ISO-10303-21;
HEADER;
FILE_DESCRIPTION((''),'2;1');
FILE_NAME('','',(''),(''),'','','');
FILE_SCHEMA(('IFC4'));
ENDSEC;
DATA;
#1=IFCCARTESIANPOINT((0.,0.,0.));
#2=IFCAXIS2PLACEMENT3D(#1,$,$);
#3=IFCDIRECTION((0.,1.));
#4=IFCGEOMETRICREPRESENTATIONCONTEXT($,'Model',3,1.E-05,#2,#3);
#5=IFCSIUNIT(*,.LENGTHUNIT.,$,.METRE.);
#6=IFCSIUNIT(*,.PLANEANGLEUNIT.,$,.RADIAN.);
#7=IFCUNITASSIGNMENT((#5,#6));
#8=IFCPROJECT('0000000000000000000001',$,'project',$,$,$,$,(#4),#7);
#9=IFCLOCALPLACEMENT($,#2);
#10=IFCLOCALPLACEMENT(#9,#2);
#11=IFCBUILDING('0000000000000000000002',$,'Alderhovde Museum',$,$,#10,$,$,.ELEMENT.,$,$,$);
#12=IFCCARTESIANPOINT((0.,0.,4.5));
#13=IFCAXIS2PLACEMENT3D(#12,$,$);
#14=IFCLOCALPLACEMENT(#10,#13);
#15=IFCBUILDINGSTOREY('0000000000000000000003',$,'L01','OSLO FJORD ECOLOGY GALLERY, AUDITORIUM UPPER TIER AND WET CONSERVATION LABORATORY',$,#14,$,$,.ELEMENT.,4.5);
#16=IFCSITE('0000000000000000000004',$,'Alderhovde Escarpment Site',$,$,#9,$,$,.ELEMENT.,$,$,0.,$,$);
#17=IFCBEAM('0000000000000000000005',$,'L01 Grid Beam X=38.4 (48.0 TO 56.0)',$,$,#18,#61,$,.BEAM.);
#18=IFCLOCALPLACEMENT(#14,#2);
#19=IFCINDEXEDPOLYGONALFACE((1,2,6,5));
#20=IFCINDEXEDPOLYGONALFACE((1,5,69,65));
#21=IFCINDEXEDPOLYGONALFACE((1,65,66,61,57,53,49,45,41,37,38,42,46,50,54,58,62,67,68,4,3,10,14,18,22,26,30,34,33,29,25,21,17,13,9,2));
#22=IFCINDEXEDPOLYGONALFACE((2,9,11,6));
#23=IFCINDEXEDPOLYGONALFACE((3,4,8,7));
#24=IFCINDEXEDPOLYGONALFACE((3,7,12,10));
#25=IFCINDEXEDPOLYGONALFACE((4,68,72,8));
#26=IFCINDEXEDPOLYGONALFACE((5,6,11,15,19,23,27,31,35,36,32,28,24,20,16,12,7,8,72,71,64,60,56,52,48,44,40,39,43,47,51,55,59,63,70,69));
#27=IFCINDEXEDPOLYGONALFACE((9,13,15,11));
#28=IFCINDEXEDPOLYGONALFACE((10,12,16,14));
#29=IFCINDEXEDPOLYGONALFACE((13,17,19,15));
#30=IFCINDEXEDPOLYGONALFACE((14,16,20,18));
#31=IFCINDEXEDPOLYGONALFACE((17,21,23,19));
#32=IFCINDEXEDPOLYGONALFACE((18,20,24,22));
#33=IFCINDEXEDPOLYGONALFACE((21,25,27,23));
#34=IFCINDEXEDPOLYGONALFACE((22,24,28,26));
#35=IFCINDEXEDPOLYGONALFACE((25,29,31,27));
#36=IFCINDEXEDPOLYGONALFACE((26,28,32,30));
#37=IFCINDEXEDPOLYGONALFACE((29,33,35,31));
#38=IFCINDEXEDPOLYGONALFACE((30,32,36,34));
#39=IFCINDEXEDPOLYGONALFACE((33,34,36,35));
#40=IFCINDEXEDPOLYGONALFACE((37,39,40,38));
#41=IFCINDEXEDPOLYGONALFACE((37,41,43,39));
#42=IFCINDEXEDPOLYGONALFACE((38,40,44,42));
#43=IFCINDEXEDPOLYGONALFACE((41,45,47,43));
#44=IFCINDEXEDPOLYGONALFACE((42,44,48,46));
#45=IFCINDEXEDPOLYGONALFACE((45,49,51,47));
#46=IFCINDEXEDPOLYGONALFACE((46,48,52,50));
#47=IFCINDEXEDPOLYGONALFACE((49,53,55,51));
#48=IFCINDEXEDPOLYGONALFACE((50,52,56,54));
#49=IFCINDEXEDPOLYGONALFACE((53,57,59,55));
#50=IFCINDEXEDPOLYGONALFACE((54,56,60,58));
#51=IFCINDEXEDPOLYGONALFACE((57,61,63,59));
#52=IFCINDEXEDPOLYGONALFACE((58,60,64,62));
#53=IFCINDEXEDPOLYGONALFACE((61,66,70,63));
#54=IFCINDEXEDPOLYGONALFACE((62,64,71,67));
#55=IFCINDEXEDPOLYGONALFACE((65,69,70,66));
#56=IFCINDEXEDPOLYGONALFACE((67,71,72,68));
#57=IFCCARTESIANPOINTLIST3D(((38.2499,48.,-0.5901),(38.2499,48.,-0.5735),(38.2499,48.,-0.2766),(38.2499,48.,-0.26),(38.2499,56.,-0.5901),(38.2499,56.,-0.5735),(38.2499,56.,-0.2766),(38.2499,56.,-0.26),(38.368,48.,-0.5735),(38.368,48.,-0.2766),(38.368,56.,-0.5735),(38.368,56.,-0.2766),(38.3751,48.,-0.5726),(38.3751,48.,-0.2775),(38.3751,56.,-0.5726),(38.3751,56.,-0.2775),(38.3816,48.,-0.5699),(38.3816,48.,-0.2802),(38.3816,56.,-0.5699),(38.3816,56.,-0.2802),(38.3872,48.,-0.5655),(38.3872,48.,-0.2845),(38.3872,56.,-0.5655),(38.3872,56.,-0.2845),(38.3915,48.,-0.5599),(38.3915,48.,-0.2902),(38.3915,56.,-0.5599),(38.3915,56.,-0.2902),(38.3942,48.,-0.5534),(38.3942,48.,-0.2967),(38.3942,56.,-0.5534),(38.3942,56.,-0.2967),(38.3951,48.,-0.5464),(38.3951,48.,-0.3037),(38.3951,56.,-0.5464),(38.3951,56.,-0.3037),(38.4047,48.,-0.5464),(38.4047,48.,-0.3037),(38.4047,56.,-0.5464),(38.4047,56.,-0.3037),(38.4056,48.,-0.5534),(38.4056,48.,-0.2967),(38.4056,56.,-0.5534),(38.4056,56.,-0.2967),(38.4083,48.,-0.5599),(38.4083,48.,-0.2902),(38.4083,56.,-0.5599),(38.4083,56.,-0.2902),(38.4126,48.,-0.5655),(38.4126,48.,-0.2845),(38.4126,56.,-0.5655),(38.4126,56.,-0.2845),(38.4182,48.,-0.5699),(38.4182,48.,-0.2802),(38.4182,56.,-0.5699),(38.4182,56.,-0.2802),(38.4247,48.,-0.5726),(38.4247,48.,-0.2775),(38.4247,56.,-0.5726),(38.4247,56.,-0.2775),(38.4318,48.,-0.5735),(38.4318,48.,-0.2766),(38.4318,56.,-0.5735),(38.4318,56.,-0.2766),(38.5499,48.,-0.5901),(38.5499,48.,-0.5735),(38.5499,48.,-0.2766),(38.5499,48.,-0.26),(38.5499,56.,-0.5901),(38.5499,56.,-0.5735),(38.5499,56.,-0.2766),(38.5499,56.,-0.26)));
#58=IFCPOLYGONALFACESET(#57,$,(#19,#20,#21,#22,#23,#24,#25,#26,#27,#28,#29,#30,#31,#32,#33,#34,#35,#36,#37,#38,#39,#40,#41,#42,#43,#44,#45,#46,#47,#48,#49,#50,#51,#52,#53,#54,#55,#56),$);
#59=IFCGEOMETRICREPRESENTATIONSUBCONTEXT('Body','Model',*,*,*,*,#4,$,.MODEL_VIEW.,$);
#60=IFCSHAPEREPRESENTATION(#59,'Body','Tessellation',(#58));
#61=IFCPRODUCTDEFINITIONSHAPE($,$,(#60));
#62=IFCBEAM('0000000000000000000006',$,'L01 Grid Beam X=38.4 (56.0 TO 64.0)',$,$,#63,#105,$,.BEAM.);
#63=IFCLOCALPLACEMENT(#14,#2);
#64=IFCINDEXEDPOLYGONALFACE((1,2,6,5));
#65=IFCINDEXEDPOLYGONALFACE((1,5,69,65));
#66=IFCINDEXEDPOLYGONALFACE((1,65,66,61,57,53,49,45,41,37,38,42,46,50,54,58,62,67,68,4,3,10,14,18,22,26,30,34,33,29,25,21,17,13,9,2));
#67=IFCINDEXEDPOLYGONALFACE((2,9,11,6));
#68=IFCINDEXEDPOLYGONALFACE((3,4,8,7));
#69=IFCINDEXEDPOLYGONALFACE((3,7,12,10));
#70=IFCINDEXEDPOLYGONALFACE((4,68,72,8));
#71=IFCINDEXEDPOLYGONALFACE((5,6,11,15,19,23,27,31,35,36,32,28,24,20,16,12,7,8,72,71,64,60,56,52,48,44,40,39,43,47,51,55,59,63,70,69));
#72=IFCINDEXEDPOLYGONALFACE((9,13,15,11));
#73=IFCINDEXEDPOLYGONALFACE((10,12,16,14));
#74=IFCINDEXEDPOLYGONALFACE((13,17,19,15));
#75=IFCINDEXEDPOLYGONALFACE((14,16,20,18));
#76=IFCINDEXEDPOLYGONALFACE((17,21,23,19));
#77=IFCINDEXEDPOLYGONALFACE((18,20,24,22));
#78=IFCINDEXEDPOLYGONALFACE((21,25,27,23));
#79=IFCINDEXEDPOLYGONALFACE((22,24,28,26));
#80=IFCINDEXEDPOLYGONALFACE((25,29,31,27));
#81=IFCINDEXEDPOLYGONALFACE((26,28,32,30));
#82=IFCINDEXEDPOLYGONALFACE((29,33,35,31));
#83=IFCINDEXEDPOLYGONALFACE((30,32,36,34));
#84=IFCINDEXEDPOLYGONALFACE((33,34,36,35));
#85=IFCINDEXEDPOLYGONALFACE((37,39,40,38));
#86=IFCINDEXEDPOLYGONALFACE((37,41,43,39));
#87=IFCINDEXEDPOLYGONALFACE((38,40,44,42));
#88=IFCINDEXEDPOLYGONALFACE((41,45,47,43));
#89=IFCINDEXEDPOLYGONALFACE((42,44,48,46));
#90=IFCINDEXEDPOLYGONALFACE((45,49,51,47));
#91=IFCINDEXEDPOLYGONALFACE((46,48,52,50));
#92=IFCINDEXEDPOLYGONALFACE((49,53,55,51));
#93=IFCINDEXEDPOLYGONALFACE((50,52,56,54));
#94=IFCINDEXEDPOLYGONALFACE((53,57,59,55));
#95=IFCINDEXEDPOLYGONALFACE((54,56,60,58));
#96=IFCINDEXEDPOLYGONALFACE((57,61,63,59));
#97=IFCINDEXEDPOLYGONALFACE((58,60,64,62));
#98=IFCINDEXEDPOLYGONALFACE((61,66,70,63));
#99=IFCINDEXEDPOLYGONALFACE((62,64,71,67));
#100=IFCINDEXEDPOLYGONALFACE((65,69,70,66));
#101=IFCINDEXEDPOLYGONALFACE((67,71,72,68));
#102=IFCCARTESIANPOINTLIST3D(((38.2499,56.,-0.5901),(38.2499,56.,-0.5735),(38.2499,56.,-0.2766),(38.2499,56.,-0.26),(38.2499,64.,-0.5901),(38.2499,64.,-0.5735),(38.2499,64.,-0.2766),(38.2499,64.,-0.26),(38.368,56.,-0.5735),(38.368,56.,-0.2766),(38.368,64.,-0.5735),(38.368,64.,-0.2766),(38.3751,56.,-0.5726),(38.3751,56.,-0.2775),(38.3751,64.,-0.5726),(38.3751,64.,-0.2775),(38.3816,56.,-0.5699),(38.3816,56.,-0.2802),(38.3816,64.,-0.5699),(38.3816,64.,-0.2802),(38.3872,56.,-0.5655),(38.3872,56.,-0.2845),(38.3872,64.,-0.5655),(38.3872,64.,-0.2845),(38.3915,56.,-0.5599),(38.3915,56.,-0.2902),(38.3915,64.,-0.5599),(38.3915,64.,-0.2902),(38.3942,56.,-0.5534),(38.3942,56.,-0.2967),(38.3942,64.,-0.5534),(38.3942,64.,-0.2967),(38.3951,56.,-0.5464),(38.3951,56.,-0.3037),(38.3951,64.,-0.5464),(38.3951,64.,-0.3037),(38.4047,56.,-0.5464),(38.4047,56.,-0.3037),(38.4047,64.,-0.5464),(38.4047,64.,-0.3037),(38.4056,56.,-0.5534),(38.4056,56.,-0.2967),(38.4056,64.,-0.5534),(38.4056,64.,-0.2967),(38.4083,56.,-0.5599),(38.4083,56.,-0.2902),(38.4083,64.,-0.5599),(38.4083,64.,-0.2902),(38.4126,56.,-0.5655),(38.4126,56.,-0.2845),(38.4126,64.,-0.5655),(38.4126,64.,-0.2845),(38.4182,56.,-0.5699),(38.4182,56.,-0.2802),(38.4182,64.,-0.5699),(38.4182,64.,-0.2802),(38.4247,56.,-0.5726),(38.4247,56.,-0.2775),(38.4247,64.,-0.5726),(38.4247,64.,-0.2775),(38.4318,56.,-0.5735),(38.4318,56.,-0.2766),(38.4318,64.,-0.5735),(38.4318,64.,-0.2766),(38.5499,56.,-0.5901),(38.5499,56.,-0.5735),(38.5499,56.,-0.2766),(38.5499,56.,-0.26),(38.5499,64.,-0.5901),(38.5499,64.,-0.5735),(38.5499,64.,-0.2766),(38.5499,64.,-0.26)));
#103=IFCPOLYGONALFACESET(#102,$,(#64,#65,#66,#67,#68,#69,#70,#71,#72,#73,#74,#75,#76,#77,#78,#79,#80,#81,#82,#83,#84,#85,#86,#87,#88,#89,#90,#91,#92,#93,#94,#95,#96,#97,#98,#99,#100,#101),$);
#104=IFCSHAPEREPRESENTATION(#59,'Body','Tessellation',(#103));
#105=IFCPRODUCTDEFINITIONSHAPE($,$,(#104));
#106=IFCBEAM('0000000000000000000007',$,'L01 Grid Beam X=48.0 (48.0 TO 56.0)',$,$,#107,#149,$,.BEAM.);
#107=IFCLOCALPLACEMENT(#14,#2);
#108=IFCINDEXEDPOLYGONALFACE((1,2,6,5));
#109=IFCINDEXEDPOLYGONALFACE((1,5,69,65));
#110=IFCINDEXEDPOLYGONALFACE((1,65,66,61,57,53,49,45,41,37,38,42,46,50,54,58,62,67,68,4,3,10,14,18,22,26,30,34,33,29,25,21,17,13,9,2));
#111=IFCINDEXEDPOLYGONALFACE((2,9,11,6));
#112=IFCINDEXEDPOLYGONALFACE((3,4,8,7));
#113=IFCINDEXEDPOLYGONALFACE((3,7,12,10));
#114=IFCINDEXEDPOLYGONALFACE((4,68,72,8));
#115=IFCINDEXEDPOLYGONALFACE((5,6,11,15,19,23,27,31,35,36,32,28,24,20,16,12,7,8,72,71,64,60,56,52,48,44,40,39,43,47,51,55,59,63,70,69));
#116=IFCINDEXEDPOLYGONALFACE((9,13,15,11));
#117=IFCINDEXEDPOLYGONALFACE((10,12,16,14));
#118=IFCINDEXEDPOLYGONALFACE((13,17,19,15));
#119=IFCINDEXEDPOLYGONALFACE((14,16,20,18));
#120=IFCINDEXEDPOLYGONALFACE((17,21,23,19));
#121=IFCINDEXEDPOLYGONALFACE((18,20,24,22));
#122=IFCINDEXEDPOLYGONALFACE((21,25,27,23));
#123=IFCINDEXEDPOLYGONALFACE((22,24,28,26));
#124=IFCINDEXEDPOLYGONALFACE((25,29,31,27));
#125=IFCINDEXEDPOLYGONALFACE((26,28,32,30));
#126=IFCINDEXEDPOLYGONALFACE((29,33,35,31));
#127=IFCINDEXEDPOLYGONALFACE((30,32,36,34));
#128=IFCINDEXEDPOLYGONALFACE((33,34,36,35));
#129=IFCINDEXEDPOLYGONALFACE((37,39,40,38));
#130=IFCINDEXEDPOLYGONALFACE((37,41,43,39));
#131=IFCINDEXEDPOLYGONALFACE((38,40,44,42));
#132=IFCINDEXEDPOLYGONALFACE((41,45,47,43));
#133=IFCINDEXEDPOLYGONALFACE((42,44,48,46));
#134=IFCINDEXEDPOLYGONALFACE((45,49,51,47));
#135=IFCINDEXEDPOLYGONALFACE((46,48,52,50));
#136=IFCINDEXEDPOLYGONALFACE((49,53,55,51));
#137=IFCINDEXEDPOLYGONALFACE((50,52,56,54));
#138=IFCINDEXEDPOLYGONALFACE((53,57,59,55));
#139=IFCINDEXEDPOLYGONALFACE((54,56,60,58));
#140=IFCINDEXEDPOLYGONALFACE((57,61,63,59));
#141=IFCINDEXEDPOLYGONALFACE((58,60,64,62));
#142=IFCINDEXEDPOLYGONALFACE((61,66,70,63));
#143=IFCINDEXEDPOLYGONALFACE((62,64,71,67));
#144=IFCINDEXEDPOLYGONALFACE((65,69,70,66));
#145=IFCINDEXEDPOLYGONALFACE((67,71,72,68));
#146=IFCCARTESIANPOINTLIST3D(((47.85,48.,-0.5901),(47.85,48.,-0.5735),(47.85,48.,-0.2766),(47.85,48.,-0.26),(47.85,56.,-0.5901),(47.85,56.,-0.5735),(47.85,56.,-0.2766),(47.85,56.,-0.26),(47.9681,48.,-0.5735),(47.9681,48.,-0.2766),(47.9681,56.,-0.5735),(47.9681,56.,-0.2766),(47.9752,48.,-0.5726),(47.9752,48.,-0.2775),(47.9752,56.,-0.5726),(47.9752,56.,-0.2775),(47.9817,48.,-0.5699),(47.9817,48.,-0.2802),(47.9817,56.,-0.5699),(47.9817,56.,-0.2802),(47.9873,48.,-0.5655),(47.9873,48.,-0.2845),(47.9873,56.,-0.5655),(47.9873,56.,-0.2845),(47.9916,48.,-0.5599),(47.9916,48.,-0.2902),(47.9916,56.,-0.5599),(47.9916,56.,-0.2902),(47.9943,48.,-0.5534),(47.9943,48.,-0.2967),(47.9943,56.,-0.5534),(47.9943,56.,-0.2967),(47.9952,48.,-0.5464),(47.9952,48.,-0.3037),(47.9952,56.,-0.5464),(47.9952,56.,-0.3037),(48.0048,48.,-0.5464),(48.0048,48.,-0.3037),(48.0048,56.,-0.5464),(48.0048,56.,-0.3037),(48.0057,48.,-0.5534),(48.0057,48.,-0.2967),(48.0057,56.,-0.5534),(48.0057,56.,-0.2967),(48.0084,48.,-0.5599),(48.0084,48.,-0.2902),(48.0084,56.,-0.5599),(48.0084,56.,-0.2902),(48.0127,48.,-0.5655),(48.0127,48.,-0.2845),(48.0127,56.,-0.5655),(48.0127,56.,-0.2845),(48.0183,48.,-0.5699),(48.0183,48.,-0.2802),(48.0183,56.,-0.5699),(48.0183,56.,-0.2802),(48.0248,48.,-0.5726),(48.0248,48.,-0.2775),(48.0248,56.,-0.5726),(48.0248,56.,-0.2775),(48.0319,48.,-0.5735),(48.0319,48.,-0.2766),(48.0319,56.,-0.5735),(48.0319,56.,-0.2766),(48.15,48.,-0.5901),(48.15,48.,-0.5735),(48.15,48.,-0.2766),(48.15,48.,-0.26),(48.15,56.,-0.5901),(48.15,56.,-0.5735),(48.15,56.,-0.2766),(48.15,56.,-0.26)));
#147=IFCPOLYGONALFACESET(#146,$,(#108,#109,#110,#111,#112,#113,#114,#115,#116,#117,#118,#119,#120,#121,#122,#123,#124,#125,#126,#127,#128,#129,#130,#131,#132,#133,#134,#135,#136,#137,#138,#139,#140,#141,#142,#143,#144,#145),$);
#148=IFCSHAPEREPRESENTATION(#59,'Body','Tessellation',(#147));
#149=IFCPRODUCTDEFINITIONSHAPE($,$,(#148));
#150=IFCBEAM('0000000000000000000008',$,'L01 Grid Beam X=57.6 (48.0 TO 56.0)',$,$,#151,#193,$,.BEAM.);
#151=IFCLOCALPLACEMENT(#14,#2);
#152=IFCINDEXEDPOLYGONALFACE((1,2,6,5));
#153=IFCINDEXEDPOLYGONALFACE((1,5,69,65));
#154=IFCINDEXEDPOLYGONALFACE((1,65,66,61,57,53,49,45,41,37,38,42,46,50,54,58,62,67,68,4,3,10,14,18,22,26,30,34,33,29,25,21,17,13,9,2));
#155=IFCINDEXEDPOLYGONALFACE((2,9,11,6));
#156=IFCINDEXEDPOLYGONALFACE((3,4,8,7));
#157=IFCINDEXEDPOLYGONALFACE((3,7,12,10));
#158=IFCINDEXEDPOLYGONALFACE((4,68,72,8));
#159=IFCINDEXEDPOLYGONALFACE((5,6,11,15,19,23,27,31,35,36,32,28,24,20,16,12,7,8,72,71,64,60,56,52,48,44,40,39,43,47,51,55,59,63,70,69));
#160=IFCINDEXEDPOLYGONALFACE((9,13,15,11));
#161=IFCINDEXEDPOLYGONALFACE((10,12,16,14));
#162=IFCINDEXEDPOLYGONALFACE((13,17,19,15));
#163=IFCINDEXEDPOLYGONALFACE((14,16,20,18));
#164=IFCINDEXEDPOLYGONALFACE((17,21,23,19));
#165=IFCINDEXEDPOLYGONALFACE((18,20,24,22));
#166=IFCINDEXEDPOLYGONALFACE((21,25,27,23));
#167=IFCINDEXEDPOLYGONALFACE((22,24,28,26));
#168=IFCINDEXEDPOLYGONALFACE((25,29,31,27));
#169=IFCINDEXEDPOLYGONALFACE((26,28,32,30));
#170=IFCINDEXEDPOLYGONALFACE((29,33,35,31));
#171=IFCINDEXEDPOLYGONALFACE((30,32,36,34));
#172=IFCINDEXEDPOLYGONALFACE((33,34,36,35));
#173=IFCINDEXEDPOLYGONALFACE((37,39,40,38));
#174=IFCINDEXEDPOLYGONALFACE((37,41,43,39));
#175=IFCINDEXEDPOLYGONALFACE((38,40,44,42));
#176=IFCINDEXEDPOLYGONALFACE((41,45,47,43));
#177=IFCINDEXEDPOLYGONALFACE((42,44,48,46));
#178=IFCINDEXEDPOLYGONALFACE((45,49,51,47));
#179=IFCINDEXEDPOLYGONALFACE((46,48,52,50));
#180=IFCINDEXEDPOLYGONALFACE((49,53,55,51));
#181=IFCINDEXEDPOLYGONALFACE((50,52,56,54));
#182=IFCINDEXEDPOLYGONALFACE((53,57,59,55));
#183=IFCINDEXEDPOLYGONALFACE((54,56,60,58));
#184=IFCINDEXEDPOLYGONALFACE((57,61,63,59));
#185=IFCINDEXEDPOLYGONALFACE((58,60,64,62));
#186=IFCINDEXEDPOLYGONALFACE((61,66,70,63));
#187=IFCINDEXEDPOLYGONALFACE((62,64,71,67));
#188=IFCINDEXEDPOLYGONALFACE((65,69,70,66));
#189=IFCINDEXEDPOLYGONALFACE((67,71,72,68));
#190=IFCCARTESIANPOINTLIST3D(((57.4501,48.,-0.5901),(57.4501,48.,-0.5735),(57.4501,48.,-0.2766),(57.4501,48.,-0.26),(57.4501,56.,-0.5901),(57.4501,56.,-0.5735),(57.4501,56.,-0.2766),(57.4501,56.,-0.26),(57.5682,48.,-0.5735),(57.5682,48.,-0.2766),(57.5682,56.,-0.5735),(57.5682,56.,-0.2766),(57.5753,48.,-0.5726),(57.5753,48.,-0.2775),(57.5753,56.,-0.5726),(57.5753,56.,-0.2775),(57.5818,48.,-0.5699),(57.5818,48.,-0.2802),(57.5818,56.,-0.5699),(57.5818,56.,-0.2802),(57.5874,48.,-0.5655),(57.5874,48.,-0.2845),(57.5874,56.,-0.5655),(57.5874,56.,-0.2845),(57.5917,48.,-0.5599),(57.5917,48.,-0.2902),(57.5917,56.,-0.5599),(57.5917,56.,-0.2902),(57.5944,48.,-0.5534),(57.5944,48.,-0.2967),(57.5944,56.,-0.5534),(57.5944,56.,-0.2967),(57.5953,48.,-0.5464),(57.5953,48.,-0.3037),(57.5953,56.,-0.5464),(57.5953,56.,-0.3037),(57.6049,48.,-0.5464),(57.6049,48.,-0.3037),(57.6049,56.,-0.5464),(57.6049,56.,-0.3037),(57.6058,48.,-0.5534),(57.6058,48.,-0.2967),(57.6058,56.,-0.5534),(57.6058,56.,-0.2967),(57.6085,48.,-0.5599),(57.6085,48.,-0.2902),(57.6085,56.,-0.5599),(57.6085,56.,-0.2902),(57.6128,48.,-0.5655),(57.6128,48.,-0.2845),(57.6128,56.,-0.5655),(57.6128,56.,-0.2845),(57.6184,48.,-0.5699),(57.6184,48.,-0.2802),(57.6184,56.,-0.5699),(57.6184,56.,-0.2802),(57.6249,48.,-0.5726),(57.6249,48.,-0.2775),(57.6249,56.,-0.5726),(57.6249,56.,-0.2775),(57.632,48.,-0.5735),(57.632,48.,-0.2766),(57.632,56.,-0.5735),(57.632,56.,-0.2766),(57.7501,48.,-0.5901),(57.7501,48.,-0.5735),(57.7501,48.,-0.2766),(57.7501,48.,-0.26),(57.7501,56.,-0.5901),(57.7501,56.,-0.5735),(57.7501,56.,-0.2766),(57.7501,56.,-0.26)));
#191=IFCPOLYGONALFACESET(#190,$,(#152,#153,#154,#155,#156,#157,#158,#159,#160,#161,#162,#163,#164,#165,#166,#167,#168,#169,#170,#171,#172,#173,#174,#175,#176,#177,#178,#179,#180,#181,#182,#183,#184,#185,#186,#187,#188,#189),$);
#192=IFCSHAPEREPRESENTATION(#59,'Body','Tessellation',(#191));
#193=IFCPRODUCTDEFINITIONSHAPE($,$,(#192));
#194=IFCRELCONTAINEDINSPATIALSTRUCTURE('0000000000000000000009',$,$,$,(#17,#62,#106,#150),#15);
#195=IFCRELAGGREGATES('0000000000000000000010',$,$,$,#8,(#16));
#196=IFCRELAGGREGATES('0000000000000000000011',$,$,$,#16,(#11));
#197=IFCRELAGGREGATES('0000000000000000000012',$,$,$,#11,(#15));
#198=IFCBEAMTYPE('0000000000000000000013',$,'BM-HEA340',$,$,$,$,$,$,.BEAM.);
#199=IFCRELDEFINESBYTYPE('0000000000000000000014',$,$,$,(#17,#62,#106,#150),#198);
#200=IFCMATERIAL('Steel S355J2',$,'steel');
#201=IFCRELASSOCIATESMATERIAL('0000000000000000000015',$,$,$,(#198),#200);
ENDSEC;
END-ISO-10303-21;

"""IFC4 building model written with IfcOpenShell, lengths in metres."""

from ifc_helpers import new_model, si_unit, direction, frame, origin, origin_2d, place, context, subcontext, project, spatial, i_section, extrude, material, material_profile, profile_set, type_object, element, save


model = new_model("IFC4")

# Units and contexts
model_context = context("Model", 3, precision=1e-05, world=origin(), true_north=direction((0.0, 1.0)))
body_context = subcontext(model_context, "Body", "Model", "MODEL_VIEW")
ifc_project = project(units=[si_unit("LENGTHUNIT", "METRE"), si_unit("PLANEANGLEUNIT", "RADIAN")], contexts=[model_context])

# Site, building, storey
site_placement = place(None, origin())
site = spatial("IfcSite", under=ifc_project, at=site_placement, Name="Alderhovde Escarpment Site", CompositionType="ELEMENT", RefElevation=0.0)
building_placement = place(site_placement, origin())
building = spatial("IfcBuilding", under=site, at=building_placement, Name="Alderhovde Museum", CompositionType="ELEMENT")
storey_placement = place(building_placement, frame((0.0, 0.0, 4.5)))
storey = spatial("IfcBuildingStorey", under=building, at=storey_placement, Name="L01", Description="OSLO FJORD ECOLOGY GALLERY, AUDITORIUM UPPER TIER AND WET CONSERVATION LABORATORY", CompositionType="ELEMENT", Elevation=4.5)

# Beams
ifc_material_1 = material(Name="Steel S355J2", Category="steel")
ifc_material_profile_1 = material_profile(ifc_material_1, i_section(OverallWidth=0.3, OverallDepth=0.3301, WebThickness=0.0095, FlangeThickness=0.0166, FilletRadius=0.0271, at=origin_2d()), Name="HEA 340")
ifc_profile_set_1 = profile_set([ifc_material_profile_1], Name="Steel S355J2")
beam_type_1 = type_object("IfcBeamType", Name="BM-HEA340", PredefinedType="BEAM", material=ifc_profile_set_1)
for number, where, z_axis, x_axis, name in (
    (1, (38.3999, 48.0, -0.425), (0.0, 1.0, 0.0), (-1.0, 0.0, 0.0), "L01 Grid Beam X=38.4 (48.0 TO 56.0)"),
    (2, (38.3999, 56.0, -0.425), (0.0, 1.0, 0.0), (-1.0, 0.0, 0.0), "L01 Grid Beam X=38.4 (56.0 TO 64.0)"),
    (3, (48.0, 48.0, -0.425), (0.0, 1.0, 0.0), (-1.0, 0.0, 0.0), "L01 Grid Beam X=48.0 (48.0 TO 56.0)"),
    (4, (57.6001, 48.0, -0.425), (0.0, 1.0, 0.0), (-1.0, 0.0, 0.0), "L01 Grid Beam X=57.6 (48.0 TO 56.0)"),
):
    element("IfcBeam", number, at=place(storey_placement, frame(where, z_axis=z_axis, x_axis=x_axis)), inside=storey, type_object=beam_type_1, Name=name, PredefinedType="BEAM", context=body_context, shape_type="SweptSolid", body=[
        extrude(i_section(OverallWidth=0.3, OverallDepth=0.3301, WebThickness=0.0095, FlangeThickness=0.0166, FilletRadius=0.0271, at=origin_2d()), origin(), (0.0, 0.0, 1.0), 8.0),
    ])

save(model, "model.ifc")
